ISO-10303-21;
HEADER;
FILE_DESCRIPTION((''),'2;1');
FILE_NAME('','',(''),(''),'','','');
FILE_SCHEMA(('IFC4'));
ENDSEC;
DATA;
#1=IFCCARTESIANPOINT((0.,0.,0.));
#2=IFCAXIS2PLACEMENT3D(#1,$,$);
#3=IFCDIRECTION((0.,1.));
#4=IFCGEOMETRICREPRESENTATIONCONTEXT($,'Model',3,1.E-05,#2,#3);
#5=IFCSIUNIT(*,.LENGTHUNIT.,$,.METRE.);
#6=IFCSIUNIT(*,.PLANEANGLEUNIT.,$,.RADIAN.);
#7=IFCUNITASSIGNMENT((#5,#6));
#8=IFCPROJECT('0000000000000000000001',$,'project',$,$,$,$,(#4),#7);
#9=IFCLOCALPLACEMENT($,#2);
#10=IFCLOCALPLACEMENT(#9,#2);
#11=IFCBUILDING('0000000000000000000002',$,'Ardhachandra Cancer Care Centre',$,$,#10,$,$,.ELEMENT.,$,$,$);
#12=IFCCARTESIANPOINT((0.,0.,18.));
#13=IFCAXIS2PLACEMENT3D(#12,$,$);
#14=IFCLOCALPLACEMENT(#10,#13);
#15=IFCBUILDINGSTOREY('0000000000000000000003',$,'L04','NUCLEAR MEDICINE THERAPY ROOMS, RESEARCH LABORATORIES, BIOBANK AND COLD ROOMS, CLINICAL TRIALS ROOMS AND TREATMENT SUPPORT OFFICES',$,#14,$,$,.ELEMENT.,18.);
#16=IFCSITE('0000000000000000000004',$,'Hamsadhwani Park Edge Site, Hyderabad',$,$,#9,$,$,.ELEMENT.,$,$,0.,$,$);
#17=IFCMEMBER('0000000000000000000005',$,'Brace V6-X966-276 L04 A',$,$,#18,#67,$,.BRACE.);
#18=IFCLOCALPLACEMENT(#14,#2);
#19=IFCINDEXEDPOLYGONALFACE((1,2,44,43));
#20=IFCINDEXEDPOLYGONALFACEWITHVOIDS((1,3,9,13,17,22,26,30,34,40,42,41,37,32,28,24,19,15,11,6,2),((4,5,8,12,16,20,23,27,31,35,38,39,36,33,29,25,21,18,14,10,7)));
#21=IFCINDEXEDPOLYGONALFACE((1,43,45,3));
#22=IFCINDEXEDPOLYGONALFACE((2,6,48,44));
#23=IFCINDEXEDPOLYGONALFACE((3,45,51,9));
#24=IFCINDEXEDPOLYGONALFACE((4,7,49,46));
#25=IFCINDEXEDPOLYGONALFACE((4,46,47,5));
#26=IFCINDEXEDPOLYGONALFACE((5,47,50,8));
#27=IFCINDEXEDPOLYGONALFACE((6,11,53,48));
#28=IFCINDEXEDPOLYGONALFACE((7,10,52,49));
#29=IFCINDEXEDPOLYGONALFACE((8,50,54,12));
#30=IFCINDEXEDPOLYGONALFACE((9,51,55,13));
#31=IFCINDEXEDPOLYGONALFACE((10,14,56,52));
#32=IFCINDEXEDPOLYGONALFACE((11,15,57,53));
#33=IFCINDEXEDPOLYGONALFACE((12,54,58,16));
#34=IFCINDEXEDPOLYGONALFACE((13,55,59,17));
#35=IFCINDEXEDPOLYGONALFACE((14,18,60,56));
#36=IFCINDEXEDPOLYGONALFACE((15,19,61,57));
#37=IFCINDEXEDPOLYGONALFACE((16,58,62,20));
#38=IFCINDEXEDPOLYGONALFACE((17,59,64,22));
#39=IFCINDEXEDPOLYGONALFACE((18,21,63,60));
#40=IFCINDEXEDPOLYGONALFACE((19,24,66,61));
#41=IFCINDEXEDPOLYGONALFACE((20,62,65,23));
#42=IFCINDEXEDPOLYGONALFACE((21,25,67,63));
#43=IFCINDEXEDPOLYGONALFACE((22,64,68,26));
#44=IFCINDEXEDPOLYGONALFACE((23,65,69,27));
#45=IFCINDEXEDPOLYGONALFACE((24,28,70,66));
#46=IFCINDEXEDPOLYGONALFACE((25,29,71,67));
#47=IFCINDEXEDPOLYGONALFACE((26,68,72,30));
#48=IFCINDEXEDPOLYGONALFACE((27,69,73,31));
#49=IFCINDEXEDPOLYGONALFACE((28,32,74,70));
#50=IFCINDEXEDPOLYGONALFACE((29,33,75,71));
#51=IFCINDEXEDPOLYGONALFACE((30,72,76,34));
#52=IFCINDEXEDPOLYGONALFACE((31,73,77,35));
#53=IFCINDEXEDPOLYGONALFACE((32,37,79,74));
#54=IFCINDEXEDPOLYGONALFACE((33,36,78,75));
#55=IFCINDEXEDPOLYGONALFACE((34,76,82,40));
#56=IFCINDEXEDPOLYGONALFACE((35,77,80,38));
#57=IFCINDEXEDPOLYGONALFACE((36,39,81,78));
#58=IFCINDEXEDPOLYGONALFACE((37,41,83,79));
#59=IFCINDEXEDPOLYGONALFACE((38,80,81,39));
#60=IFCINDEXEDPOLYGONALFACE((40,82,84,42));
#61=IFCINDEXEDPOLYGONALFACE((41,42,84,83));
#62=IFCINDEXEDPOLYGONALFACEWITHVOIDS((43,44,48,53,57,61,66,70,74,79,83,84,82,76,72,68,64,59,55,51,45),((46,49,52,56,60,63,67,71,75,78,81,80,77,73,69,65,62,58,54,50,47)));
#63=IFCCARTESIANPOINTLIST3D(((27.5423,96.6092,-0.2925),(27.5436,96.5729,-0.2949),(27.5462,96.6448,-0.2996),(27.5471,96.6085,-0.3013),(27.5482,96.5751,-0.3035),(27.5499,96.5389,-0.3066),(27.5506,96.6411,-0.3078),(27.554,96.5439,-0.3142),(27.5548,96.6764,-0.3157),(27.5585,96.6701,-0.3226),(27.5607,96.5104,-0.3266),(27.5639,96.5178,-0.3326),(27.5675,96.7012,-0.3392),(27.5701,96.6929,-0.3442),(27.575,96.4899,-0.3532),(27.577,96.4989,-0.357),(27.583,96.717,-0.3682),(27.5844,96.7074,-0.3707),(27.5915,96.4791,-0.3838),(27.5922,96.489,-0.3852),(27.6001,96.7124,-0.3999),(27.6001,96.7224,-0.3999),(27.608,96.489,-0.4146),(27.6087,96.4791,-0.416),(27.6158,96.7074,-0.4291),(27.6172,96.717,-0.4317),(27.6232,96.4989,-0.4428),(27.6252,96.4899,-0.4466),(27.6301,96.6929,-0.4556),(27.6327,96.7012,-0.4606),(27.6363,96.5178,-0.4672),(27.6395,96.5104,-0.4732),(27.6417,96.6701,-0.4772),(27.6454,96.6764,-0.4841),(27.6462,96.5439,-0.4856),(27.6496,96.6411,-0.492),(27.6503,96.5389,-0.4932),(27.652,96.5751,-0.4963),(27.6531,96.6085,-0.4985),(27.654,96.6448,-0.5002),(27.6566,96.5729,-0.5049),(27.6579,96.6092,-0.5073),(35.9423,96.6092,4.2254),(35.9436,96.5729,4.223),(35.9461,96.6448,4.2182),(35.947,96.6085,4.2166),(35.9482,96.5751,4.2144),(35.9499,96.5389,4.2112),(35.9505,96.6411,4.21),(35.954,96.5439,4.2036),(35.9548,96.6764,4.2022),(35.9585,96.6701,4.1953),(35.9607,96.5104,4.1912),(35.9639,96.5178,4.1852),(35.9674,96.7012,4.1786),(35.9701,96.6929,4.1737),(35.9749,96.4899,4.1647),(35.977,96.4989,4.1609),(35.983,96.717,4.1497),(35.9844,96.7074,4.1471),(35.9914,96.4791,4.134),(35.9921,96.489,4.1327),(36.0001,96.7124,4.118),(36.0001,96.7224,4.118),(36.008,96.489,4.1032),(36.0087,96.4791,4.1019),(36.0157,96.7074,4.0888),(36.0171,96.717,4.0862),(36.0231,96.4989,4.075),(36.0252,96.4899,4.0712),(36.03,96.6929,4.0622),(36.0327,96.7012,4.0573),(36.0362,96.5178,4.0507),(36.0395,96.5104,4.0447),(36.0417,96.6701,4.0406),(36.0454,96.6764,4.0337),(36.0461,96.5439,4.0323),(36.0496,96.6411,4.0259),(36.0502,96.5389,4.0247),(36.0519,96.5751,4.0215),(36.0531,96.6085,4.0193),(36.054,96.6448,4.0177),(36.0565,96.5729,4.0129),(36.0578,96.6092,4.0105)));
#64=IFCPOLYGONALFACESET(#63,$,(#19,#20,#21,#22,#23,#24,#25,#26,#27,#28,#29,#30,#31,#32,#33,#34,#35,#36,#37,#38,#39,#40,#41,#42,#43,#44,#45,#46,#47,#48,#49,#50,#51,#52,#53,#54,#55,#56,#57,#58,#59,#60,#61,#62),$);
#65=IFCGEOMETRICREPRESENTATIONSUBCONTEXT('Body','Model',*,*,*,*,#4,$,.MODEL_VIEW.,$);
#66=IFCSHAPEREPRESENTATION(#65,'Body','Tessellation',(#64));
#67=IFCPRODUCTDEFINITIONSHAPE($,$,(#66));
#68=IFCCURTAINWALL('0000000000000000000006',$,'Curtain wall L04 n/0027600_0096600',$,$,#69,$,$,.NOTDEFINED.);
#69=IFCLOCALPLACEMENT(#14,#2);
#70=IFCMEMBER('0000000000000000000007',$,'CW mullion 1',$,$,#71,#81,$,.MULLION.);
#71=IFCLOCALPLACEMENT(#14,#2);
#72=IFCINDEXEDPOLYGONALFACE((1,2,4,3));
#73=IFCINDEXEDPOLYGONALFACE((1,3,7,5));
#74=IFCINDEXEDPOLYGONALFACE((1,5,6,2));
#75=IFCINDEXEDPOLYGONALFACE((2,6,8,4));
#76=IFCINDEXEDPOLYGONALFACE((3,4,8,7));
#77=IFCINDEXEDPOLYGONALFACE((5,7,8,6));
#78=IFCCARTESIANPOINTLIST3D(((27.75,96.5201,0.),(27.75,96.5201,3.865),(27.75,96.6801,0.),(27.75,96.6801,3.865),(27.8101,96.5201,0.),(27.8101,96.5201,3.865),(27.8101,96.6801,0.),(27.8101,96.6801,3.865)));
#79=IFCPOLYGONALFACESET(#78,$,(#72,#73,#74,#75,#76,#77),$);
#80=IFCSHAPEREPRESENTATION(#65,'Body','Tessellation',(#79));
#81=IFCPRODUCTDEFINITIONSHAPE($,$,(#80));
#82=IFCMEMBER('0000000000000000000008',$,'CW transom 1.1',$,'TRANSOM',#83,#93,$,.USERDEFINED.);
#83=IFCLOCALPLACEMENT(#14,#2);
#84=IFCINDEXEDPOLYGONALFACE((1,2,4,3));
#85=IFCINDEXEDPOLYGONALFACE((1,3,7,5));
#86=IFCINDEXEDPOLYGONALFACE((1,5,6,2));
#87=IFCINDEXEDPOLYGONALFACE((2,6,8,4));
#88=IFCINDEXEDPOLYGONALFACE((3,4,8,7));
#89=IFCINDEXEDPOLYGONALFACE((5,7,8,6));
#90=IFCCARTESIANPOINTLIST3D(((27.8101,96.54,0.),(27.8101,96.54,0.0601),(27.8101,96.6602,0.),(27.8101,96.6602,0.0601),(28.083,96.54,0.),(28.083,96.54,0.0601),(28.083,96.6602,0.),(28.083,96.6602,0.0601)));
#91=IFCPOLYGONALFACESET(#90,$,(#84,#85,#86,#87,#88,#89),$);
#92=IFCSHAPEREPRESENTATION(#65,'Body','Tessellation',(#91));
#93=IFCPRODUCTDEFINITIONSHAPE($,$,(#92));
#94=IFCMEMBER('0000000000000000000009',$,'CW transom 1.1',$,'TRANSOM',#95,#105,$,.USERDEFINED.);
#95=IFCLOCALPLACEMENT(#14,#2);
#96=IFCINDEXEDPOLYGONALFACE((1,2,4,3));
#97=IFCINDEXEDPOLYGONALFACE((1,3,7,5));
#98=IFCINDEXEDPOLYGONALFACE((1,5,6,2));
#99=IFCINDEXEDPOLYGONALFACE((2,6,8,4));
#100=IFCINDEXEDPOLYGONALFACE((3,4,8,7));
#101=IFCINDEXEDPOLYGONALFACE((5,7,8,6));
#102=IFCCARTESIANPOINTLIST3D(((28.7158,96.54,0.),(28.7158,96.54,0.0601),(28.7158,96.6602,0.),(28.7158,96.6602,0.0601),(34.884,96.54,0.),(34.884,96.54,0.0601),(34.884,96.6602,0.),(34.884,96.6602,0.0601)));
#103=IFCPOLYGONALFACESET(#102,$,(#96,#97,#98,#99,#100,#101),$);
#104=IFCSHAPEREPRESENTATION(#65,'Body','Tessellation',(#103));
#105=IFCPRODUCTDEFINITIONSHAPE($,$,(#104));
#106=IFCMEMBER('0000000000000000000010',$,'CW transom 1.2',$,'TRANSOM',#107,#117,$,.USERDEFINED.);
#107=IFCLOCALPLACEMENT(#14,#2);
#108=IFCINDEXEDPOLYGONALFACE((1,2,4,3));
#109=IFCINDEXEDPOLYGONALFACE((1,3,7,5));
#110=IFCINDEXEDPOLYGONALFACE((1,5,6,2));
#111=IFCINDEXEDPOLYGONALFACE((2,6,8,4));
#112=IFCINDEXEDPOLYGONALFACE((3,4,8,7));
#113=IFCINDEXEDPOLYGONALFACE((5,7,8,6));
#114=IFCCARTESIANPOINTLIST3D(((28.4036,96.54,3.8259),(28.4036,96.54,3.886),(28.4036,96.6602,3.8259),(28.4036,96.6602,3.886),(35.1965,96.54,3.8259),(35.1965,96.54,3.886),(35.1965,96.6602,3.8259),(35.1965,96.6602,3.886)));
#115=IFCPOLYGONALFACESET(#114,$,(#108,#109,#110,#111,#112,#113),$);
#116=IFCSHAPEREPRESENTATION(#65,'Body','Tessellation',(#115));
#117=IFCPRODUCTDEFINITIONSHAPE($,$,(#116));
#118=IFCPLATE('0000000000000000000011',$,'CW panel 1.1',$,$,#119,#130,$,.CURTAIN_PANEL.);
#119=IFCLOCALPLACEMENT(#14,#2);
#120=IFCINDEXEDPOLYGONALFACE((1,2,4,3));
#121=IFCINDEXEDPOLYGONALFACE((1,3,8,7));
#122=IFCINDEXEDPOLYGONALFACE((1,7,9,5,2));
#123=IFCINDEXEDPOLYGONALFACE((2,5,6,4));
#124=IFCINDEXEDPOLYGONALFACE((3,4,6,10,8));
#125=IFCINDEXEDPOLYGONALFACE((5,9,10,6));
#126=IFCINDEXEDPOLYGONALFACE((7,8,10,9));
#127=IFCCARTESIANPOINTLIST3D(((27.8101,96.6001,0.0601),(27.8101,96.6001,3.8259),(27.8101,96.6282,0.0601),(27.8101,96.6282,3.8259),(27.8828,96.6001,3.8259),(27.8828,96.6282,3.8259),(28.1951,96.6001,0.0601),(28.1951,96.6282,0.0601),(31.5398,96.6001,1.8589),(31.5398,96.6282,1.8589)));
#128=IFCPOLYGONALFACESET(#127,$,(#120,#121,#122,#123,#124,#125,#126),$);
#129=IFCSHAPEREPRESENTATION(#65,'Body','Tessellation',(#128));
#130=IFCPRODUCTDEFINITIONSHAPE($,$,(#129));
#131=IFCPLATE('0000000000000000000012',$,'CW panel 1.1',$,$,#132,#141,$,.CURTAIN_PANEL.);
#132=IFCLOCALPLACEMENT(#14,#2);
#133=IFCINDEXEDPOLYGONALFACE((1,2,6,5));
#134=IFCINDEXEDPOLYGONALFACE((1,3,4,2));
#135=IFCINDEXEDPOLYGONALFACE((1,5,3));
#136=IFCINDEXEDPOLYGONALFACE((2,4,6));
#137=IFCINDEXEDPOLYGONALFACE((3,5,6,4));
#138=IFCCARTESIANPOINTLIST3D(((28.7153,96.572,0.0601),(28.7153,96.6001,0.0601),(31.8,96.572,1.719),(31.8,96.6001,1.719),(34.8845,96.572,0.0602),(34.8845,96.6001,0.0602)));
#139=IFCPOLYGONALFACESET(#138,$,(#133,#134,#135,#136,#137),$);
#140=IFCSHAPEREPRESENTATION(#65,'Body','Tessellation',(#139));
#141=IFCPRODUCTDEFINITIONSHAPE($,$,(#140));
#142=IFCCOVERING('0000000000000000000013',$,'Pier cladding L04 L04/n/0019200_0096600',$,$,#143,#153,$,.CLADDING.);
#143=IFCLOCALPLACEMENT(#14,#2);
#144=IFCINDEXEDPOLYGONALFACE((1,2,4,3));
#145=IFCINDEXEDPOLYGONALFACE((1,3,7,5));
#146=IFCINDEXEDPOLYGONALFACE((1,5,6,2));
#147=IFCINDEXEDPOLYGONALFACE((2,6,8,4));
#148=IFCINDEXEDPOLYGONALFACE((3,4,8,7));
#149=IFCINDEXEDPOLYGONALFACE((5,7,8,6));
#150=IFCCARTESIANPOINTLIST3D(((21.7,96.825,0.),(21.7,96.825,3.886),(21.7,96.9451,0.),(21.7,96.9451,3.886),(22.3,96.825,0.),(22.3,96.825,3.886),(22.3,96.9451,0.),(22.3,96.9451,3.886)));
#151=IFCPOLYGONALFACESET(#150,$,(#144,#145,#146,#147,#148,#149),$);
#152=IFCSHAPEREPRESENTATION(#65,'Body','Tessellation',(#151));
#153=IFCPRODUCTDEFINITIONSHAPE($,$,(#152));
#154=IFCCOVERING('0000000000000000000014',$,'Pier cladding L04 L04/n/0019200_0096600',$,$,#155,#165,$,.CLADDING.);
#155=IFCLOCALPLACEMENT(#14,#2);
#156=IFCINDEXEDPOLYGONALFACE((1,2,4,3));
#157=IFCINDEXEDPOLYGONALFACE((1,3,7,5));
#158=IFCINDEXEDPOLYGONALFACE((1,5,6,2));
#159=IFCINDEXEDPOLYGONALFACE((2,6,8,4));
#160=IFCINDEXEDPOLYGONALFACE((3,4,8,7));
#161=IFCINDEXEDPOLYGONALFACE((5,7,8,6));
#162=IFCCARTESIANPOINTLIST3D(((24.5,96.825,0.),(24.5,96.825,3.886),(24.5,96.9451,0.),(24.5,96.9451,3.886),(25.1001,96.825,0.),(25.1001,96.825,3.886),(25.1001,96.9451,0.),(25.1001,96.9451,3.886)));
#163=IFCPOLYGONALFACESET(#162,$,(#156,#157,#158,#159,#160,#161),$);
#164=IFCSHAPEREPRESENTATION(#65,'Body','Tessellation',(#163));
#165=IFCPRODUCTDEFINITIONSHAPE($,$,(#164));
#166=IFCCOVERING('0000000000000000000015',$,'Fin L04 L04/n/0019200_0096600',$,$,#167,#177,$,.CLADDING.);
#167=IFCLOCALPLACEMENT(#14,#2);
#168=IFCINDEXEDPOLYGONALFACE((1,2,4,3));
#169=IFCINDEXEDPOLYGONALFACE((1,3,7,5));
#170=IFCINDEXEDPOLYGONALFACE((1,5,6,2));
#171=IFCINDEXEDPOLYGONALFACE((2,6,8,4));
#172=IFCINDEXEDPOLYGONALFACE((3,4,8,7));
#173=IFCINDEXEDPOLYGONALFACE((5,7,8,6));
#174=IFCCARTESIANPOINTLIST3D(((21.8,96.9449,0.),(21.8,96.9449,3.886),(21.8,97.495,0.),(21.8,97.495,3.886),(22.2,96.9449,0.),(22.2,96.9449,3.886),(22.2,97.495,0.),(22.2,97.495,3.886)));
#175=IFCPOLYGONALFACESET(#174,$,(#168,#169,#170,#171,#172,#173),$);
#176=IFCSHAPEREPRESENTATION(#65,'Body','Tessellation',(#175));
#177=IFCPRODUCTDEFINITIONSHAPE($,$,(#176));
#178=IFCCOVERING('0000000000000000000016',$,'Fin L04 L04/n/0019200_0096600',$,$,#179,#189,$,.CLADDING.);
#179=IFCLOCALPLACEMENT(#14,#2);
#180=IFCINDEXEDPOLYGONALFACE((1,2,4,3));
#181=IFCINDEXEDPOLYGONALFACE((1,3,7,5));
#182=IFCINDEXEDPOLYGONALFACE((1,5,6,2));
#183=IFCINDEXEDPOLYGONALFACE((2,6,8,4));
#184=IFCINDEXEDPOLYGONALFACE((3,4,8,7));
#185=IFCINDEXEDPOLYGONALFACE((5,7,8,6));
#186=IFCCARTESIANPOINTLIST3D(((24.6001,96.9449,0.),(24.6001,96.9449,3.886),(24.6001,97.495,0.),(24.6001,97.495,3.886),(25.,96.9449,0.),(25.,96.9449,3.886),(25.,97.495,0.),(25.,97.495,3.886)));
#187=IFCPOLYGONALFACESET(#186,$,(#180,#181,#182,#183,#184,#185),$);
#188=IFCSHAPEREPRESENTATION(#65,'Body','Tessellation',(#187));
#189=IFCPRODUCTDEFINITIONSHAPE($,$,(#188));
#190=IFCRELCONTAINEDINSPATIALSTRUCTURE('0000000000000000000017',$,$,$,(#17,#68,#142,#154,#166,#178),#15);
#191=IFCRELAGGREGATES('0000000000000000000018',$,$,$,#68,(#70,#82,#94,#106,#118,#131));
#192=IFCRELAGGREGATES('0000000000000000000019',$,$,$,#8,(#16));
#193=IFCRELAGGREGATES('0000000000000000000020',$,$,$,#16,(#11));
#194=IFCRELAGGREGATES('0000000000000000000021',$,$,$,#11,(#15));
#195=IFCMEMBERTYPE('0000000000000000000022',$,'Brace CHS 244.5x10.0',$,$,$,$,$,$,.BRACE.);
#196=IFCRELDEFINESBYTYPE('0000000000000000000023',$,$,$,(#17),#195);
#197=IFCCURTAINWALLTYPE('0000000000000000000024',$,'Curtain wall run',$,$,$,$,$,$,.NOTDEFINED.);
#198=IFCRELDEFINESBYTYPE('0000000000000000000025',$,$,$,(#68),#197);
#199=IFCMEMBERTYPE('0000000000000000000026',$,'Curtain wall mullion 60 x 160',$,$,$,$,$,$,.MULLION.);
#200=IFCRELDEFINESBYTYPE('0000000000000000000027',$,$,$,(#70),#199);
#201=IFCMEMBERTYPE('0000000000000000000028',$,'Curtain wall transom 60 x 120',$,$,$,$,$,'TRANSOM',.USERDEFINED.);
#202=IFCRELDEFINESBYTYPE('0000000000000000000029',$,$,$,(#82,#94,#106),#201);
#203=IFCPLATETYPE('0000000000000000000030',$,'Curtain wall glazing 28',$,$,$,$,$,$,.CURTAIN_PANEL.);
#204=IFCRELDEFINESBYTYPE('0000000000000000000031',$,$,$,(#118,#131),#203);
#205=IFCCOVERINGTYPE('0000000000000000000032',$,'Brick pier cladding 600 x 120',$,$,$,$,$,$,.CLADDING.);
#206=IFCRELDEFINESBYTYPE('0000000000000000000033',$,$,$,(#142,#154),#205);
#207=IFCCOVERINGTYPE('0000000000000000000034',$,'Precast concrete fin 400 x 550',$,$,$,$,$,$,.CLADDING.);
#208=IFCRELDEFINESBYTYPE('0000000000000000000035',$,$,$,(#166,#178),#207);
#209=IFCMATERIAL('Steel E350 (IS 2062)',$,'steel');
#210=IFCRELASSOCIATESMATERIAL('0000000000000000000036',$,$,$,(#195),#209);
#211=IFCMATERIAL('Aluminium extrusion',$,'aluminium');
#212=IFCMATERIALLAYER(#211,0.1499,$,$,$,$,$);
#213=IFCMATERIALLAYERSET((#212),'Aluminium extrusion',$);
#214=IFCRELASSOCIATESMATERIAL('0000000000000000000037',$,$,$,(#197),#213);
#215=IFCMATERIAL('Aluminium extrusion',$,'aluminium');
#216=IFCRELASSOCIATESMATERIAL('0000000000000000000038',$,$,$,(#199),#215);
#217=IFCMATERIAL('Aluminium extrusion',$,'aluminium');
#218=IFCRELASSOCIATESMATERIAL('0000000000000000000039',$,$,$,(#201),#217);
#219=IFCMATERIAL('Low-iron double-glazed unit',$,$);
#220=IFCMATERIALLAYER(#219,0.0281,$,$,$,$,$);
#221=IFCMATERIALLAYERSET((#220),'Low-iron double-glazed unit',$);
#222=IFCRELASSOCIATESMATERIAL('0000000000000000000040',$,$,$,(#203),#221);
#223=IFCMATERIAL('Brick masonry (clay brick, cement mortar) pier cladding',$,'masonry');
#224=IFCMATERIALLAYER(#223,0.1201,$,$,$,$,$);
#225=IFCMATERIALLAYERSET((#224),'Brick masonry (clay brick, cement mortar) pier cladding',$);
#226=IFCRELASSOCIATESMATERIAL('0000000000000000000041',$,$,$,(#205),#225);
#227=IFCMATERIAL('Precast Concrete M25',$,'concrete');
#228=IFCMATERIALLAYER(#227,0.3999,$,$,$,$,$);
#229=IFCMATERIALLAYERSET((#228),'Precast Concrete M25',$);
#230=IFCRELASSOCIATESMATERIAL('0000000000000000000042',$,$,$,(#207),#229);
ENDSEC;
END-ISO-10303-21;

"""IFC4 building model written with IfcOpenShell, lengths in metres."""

from ifc_helpers import new_model, si_unit, direction, frame, origin, origin_2d, place, context, subcontext, project, spatial, polyline, rectangle, hollow_circle, outline, extrude, material, layer, layer_set, material_profile, profile_set, type_object, element, aggregate, save


model = new_model("IFC4")

# Units and contexts
model_context = context("Model", 3, precision=1e-05, world=origin(), true_north=direction((0.0, 1.0)))
body_context = subcontext(model_context, "Body", "Model", "MODEL_VIEW")
ifc_project = project(units=[si_unit("LENGTHUNIT", "METRE"), si_unit("PLANEANGLEUNIT", "RADIAN")], contexts=[model_context])

# Site, building, storey
site_placement = place(None, origin())
site = spatial("IfcSite", under=ifc_project, at=site_placement, Name="Hamsadhwani Park Edge Site, Hyderabad", CompositionType="ELEMENT", RefElevation=0.0)
building_placement = place(site_placement, origin())
building = spatial("IfcBuilding", under=site, at=building_placement, Name="Ardhachandra Cancer Care Centre", CompositionType="ELEMENT")
storey_placement = place(building_placement, frame((0.0, 0.0, 18.0)))
storey = spatial("IfcBuildingStorey", under=building, at=storey_placement, Name="L04", Description="NUCLEAR MEDICINE THERAPY ROOMS, RESEARCH LABORATORIES, BIOBANK AND COLD ROOMS, CLINICAL TRIALS ROOMS AND TREATMENT SUPPORT OFFICES", CompositionType="ELEMENT", Elevation=18.0)

# Member
ifc_material_1 = material(Name="Steel E350 (IS 2062)", Category="steel")
ifc_material_profile_1 = material_profile(ifc_material_1, hollow_circle(Radius=0.1223, WallThickness=0.01, at=origin_2d()), Name="CHS 244.5x10.0")
ifc_profile_set_1 = profile_set([ifc_material_profile_1], Name="Steel E350 (IS 2062)")
member_type_1 = type_object("IfcMemberType", Name="Brace CHS 244.5x10.0", PredefinedType="BRACE", material=ifc_profile_set_1)
member_1_placement = place(storey_placement, frame((27.6001, 96.6001, -0.3999), z_axis=(0.880699, 0.0, 0.473677), x_axis=(0.0, 1.0, 0.0)))
element("IfcMember", 1, at=member_1_placement, inside=storey, type_object=member_type_1, Name="Brace V6-X966-276 L04 A", PredefinedType="BRACE", context=body_context, shape_type="SweptSolid", body=[
    extrude(hollow_circle(Radius=0.1223, WallThickness=0.01, at=origin_2d()), origin(), (0.0, 0.0, 1.0), 9.5378),
])

# Curtain wall, members, plates
ifc_material_2 = material(Name="Aluminium extrusion", Category="aluminium")
ifc_layer_1 = layer(ifc_material_2, 0.1499)
ifc_layer_set_1 = layer_set([ifc_layer_1], Name="Aluminium extrusion")
curtain_wall_type = type_object("IfcCurtainWallType", Name="Curtain wall run", PredefinedType="NOTDEFINED", material=ifc_layer_set_1)
curtain_wall_placement = place(storey_placement, origin())
curtain_wall = element("IfcCurtainWall", 2, at=curtain_wall_placement, inside=storey, type_object=curtain_wall_type, Name="Curtain wall L04 n/0027600_0096600", PredefinedType="NOTDEFINED")
ifc_material_3 = material(Name="Aluminium extrusion", Category="aluminium")
ifc_material_profile_2 = material_profile(ifc_material_3, rectangle(XDim=0.1599, YDim=0.0601, at=origin_2d()), Name="Curtain wall mullion 60 x 160")
ifc_profile_set_2 = profile_set([ifc_material_profile_2], Name="Aluminium extrusion")
member_type_2 = type_object("IfcMemberType", Name="Curtain wall mullion 60 x 160", PredefinedType="MULLION", material=ifc_profile_set_2)
member_2_placement = place(storey_placement, frame((27.78, 96.6001, 0.0), z_axis=(0.0, 0.0, 1.0), x_axis=(0.0, 1.0, 0.0)))
member_2 = element("IfcMember", 3, at=member_2_placement, type_object=member_type_2, Name="CW mullion 1", PredefinedType="MULLION", context=body_context, shape_type="SweptSolid", body=[
    extrude(rectangle(XDim=0.1599, YDim=0.0601, at=origin_2d()), origin(), (0.0, 0.0, 1.0), 3.865),
])
ifc_material_4 = material(Name="Aluminium extrusion", Category="aluminium")
ifc_material_profile_3 = material_profile(ifc_material_4, rectangle(XDim=0.1201, YDim=0.0601, at=origin_2d()), Name="Curtain wall transom 60 x 120")
ifc_profile_set_3 = profile_set([ifc_material_profile_3], Name="Aluminium extrusion")
member_type_3 = type_object("IfcMemberType", Name="Curtain wall transom 60 x 120", ElementType="TRANSOM", PredefinedType="USERDEFINED", material=ifc_profile_set_3)
member_3_placement = place(storey_placement, frame((27.8101, 96.6001, 0.03), z_axis=(1.0, 0.0, 0.0), x_axis=(0.0, 1.0, 0.0)))
member_3 = element("IfcMember", 4, at=member_3_placement, type_object=member_type_3, Name="CW transom 1.1", ObjectType="TRANSOM", PredefinedType="USERDEFINED", context=body_context, shape_type="SweptSolid", body=[
    extrude(rectangle(XDim=0.1201, YDim=0.0601, at=origin_2d()), origin(), (0.0, 0.0, 1.0), 0.2729),
])
member_4_placement = place(storey_placement, frame((28.7158, 96.6001, 0.03), z_axis=(1.0, 0.0, 0.0), x_axis=(0.0, 1.0, 0.0)))
member_4 = element("IfcMember", 5, at=member_4_placement, type_object=member_type_3, Name="CW transom 1.1", ObjectType="TRANSOM", PredefinedType="USERDEFINED", context=body_context, shape_type="SweptSolid", body=[
    extrude(rectangle(XDim=0.1201, YDim=0.0601, at=origin_2d()), origin(), (0.0, 0.0, 1.0), 6.1682),
])
member_5_placement = place(storey_placement, frame((28.4036, 96.6001, 3.856), z_axis=(1.0, 0.0, 0.0), x_axis=(0.0, 1.0, 0.0)))
member_5 = element("IfcMember", 6, at=member_5_placement, type_object=member_type_3, Name="CW transom 1.2", ObjectType="TRANSOM", PredefinedType="USERDEFINED", context=body_context, shape_type="SweptSolid", body=[
    extrude(rectangle(XDim=0.1201, YDim=0.0601, at=origin_2d()), origin(), (0.0, 0.0, 1.0), 6.793),
])
ifc_material_5 = material(Name="Low-iron double-glazed unit")
ifc_layer_2 = layer(ifc_material_5, 0.0281)
ifc_layer_set_2 = layer_set([ifc_layer_2], Name="Low-iron double-glazed unit")
plate_type = type_object("IfcPlateType", Name="Curtain wall glazing 28", PredefinedType="CURTAIN_PANEL", material=ifc_layer_set_2)
plate_1_placement = place(storey_placement, frame((27.8101, 96.6001, 0.0601), z_axis=(0.0, 1.0, 0.0), x_axis=(0.0, 0.0, 1.0)))
plate_1 = element("IfcPlate", 7, at=plate_1_placement, type_object=plate_type, Name="CW panel 1.1", PredefinedType="CURTAIN_PANEL", context=body_context, shape_type="SweptSolid", body=[
    extrude(outline(polyline([(0.0, 0.0), (3.7659, 0.0), (3.7659, 0.0728), (1.7988, 3.7297), (0.0, 0.385), (0.0, 0.0)])), origin(), (0.0, 0.0, 1.0), 0.0281),
])
plate_2_placement = place(storey_placement, frame((28.7153, 96.6001, 0.0601), z_axis=(0.0, 1.0, 0.0), x_axis=(0.880717, 0.0, 0.473643)))
plate_2 = element("IfcPlate", 8, at=plate_2_placement, type_object=plate_type, Name="CW panel 1.1", PredefinedType="CURTAIN_PANEL", context=body_context, shape_type="SweptSolid", body=[
    extrude(outline(polyline([(0.0, 0.0), (3.5024, 0.0), (5.4333, 2.9219), (0.0, 0.0)])), frame((0.0, 0.0, -0.0281)), (0.0, 0.0, 1.0), 0.0281),
])
aggregate(curtain_wall, [member_2, member_3, member_4, member_5, plate_1, plate_2])

# Coverings
ifc_material_6 = material(Name="Brick masonry (clay brick, cement mortar) pier cladding", Category="masonry")
ifc_layer_3 = layer(ifc_material_6, 0.1201)
ifc_layer_set_3 = layer_set([ifc_layer_3], Name="Brick masonry (clay brick, cement mortar) pier cladding")
covering_type_1 = type_object("IfcCoveringType", Name="Brick pier cladding 600 x 120", PredefinedType="CLADDING", material=ifc_layer_set_3)
for number, where, z_axis, x_axis, name in (
    (9, (22.0, 96.885, 0.0), (0.0, 0.0, 1.0), (1.0, 0.0, 0.0), "Pier cladding L04 L04/n/0019200_0096600"),
    (10, (24.8, 96.885, 0.0), (0.0, 0.0, 1.0), (1.0, 0.0, 0.0), "Pier cladding L04 L04/n/0019200_0096600"),
):
    element("IfcCovering", number, at=place(storey_placement, frame(where, z_axis=z_axis, x_axis=x_axis)), inside=storey, type_object=covering_type_1, Name=name, PredefinedType="CLADDING", context=body_context, shape_type="SweptSolid", body=[
        extrude(rectangle(XDim=0.6001, YDim=0.1201, at=origin_2d()), origin(), (0.0, 0.0, 1.0), 3.886),
    ])
ifc_material_7 = material(Name="Precast Concrete M25", Category="concrete")
ifc_layer_4 = layer(ifc_material_7, 0.3999)
ifc_layer_set_4 = layer_set([ifc_layer_4], Name="Precast Concrete M25")
covering_type_2 = type_object("IfcCoveringType", Name="Precast concrete fin 400 x 550", PredefinedType="CLADDING", material=ifc_layer_set_4)
for number, where, z_axis, x_axis, name in (
    (11, (22.0, 97.22, 0.0), (0.0, 0.0, 1.0), (1.0, 0.0, 0.0), "Fin L04 L04/n/0019200_0096600"),
    (12, (24.8, 97.22, 0.0), (0.0, 0.0, 1.0), (1.0, 0.0, 0.0), "Fin L04 L04/n/0019200_0096600"),
):
    element("IfcCovering", number, at=place(storey_placement, frame(where, z_axis=z_axis, x_axis=x_axis)), inside=storey, type_object=covering_type_2, Name=name, PredefinedType="CLADDING", context=body_context, shape_type="SweptSolid", body=[
        extrude(rectangle(XDim=0.3999, YDim=0.55, at=origin_2d()), origin(), (0.0, 0.0, 1.0), 3.886),
    ])

save(model, "model.ifc")
